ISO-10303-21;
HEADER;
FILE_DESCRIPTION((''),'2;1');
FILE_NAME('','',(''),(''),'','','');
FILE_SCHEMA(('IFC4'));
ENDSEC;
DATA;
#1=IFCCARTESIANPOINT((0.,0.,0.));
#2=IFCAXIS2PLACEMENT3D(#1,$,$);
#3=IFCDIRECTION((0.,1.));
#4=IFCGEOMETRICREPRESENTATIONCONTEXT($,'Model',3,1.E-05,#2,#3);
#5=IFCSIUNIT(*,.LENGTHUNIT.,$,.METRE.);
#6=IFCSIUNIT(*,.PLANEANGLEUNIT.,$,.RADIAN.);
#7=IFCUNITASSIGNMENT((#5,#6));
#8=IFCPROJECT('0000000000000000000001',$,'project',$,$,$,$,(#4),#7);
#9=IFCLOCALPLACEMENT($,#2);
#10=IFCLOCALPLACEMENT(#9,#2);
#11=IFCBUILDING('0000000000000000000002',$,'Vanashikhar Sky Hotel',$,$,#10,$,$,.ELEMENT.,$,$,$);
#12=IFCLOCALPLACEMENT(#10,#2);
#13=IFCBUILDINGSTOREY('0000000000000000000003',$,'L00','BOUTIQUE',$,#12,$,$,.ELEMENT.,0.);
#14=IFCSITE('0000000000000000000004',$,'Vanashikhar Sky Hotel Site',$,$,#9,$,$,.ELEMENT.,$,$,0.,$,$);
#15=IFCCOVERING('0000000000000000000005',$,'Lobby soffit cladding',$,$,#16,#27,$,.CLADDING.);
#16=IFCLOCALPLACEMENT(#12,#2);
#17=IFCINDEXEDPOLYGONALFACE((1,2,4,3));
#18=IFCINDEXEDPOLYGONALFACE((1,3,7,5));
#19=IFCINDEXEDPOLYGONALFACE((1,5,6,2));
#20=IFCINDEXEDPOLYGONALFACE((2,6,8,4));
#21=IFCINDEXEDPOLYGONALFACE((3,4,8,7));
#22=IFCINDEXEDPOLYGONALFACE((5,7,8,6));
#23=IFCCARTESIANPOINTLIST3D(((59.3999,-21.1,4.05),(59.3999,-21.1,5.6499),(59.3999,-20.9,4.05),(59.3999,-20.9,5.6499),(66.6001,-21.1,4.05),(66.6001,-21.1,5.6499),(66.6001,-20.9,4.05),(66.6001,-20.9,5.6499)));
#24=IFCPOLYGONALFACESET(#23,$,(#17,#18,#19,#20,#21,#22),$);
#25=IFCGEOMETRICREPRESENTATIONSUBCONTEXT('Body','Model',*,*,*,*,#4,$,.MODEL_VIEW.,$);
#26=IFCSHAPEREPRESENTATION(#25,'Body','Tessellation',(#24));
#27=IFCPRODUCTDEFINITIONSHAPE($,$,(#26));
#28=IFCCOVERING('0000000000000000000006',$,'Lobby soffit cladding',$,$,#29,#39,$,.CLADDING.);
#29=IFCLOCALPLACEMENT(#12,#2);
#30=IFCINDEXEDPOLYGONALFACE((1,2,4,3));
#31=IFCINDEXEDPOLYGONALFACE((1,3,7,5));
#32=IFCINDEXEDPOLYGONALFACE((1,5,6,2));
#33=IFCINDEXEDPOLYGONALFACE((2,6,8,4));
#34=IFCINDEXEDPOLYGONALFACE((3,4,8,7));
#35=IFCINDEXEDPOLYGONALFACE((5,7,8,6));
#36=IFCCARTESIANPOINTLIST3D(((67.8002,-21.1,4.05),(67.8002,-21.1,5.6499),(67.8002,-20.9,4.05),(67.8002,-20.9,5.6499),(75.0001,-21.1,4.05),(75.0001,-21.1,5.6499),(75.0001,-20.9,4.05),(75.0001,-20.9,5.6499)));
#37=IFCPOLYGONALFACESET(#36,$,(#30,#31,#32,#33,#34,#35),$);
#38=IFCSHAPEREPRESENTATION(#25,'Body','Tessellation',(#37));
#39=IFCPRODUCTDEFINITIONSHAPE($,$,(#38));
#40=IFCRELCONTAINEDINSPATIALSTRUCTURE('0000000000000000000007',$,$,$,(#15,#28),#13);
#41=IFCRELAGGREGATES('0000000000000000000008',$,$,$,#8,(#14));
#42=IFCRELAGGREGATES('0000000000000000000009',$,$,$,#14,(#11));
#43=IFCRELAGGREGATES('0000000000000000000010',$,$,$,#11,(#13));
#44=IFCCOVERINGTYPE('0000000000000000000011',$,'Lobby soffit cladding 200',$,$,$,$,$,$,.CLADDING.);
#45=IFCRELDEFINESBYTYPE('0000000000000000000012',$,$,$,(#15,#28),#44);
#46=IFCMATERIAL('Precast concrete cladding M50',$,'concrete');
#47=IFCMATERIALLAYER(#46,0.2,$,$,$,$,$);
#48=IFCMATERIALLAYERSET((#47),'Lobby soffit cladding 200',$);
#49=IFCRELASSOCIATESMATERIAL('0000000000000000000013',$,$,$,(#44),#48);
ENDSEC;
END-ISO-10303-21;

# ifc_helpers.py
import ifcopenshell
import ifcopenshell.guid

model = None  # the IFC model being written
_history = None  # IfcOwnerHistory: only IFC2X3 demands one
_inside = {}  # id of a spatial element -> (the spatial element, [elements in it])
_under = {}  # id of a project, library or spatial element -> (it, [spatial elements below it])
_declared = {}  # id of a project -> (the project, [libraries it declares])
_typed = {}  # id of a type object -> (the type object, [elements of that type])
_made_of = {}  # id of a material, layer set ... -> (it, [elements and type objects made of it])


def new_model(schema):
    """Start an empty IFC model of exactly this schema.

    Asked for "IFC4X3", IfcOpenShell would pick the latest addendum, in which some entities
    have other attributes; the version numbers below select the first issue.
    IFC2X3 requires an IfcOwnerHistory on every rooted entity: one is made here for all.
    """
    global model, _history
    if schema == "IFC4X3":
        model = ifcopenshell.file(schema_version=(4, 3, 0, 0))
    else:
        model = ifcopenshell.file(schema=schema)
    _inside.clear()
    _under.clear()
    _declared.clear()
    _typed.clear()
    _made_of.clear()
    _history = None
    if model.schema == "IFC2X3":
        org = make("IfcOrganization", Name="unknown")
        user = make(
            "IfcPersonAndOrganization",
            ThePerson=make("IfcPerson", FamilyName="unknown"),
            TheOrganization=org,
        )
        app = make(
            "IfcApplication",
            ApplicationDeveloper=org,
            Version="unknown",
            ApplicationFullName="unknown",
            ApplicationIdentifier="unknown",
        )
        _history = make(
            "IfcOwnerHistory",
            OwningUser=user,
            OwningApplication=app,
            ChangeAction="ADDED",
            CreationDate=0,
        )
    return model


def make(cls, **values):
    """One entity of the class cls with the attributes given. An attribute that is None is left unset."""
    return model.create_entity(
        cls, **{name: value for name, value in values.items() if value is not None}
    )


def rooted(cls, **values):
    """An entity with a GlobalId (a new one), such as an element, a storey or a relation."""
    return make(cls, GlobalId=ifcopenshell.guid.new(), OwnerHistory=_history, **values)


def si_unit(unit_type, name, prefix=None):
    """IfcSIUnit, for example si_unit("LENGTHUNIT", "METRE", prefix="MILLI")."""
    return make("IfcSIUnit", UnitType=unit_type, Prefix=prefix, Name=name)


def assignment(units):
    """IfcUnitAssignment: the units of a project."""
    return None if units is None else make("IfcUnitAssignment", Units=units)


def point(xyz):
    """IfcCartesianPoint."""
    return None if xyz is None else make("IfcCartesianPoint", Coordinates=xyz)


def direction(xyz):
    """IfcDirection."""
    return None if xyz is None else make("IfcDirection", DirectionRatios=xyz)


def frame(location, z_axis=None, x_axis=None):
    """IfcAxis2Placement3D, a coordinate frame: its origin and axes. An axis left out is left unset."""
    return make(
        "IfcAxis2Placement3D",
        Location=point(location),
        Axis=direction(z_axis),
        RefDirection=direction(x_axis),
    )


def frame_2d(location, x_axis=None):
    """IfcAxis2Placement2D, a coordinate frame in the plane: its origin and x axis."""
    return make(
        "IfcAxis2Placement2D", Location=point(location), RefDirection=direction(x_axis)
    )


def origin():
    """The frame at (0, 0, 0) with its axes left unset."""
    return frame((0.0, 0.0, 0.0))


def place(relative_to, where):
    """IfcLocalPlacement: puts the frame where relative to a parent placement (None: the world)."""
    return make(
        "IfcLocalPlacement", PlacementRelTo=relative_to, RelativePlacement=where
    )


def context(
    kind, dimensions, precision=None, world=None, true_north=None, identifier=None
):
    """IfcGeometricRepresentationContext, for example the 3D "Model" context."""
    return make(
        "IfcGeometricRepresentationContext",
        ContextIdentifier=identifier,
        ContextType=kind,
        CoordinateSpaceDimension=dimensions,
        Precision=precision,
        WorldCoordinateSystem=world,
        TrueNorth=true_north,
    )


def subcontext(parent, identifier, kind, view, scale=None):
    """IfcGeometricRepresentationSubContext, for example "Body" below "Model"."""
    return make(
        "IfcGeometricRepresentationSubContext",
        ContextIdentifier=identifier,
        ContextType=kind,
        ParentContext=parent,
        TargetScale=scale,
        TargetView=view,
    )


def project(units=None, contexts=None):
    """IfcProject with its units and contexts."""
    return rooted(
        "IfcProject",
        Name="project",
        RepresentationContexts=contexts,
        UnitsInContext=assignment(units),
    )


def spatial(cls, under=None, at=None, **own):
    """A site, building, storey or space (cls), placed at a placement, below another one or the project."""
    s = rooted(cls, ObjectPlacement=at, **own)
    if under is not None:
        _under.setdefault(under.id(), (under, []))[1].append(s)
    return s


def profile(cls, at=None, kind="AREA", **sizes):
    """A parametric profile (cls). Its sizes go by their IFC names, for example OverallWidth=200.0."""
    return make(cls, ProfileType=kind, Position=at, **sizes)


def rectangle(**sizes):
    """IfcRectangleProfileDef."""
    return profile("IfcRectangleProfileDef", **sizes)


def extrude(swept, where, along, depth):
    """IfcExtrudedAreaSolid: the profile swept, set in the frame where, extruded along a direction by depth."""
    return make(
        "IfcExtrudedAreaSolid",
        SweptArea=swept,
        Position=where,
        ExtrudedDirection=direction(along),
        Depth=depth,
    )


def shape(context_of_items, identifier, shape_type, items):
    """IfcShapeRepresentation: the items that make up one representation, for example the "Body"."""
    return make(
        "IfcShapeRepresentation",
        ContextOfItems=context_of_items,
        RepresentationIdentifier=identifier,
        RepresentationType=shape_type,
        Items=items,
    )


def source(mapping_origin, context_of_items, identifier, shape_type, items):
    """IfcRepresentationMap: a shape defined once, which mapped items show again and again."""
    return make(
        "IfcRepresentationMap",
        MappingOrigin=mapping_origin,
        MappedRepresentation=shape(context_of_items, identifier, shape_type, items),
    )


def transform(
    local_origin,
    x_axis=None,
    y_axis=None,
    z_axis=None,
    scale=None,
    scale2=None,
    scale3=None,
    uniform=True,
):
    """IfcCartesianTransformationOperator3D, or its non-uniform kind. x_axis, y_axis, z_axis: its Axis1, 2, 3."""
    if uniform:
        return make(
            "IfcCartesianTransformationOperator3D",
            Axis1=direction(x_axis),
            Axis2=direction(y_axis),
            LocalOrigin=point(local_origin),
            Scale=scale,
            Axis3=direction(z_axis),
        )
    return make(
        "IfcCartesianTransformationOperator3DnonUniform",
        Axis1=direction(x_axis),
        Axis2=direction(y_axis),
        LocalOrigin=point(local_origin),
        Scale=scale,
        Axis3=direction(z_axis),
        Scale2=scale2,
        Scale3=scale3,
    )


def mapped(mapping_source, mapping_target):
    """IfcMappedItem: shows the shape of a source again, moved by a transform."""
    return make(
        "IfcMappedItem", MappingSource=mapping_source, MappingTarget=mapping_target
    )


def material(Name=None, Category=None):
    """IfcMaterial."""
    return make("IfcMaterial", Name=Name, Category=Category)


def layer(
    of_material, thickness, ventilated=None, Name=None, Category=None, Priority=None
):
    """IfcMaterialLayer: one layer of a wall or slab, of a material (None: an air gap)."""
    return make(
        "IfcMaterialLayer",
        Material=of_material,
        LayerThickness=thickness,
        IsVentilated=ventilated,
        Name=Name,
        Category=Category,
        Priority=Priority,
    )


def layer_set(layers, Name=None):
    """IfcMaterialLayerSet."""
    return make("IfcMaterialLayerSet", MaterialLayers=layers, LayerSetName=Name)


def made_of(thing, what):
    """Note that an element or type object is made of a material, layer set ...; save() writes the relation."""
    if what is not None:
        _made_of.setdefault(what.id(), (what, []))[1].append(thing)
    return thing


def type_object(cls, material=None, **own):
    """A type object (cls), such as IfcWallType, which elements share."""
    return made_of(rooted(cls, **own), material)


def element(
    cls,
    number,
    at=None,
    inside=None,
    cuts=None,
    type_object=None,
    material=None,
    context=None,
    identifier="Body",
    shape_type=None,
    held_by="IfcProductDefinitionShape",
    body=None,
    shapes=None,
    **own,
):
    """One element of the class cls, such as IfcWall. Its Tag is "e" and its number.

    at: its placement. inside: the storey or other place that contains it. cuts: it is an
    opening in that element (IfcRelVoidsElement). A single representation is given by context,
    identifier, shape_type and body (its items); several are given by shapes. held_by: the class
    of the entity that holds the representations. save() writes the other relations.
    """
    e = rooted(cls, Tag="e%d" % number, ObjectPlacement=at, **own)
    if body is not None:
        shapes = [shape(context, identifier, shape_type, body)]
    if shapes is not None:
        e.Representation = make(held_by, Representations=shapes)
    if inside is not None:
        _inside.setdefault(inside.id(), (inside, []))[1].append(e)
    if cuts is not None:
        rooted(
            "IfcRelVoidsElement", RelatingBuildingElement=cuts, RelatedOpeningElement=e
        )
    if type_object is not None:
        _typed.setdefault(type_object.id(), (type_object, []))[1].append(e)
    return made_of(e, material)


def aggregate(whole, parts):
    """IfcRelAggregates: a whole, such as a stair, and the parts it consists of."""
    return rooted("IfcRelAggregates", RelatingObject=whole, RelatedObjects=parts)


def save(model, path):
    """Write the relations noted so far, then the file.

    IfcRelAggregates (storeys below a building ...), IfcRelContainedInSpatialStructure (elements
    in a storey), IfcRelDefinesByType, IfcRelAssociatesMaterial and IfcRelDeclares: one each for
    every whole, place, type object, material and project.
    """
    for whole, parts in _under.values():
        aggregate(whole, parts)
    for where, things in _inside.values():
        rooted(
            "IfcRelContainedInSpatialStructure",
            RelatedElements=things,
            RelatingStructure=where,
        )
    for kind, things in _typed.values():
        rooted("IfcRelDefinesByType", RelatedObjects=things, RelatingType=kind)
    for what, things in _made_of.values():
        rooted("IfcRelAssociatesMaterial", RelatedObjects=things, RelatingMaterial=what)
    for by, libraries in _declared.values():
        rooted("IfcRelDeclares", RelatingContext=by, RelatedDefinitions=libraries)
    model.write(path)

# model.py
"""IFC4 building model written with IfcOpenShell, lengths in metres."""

from ifc_helpers import new_model, si_unit, direction, frame, frame_2d, origin, place, context, subcontext, project, spatial, rectangle, extrude, source, transform, mapped, material, layer, layer_set, type_object, element, save


model = new_model("IFC4")

# Units and contexts
model_context = context("Model", 3, precision=1e-05, world=origin(), true_north=direction((0.0, 1.0)))
body_context = subcontext(model_context, "Body", "Model", "MODEL_VIEW")
ifc_project = project(units=[si_unit("LENGTHUNIT", "METRE"), si_unit("PLANEANGLEUNIT", "RADIAN")], contexts=[model_context])

# Site, building, storey
site_placement = place(None, origin())
site = spatial("IfcSite", under=ifc_project, at=site_placement, Name="Vanashikhar Sky Hotel Site", CompositionType="ELEMENT", RefElevation=0.0)
building_placement = place(site_placement, origin())
building = spatial("IfcBuilding", under=site, at=building_placement, Name="Vanashikhar Sky Hotel", CompositionType="ELEMENT")
storey_placement = place(building_placement, origin())
storey = spatial("IfcBuildingStorey", under=building, at=storey_placement, Name="L00", Description="BOUTIQUE", CompositionType="ELEMENT", Elevation=0.0)

# Coverings
ifc_material_1 = material(Name="Precast concrete cladding M50", Category="concrete")
ifc_layer_1 = layer(ifc_material_1, 0.2)
ifc_layer_set_1 = layer_set([ifc_layer_1], Name="Lobby soffit cladding 200")
covering_type = type_object("IfcCoveringType", Name="Lobby soffit cladding 200", PredefinedType="CLADDING", material=ifc_layer_set_1)
shared_shape_1 = source(origin(), body_context, "Body", "SweptSolid", [
    extrude(rectangle(XDim=7.2002, YDim=0.2, at=frame_2d((3.6001, 0.0))), origin(), (0.0, 0.0, 1.0), 1.5999),
])
covering_1_placement = place(storey_placement, frame((59.3999, -21.0, 4.05), z_axis=(0.0, 0.0, 1.0), x_axis=(1.0, 0.0, 0.0)))
element("IfcCovering", 1, at=covering_1_placement, inside=storey, type_object=covering_type, Name="Lobby soffit cladding", PredefinedType="CLADDING", context=body_context, shape_type="MappedRepresentation", body=[
    mapped(shared_shape_1, transform((0.0, 0.0, 0.0), scale=1.0)),
])
shared_shape_2 = source(origin(), body_context, "Body", "SweptSolid", [
    extrude(rectangle(XDim=7.2, YDim=0.2, at=frame_2d((3.6001, 0.0))), origin(), (0.0, 0.0, 1.0), 1.5999),
])
covering_2_placement = place(storey_placement, frame((67.8, -21.0, 4.05), z_axis=(0.0, 0.0, 1.0), x_axis=(1.0, 0.0, 0.0)))
element("IfcCovering", 2, at=covering_2_placement, inside=storey, type_object=covering_type, Name="Lobby soffit cladding", PredefinedType="CLADDING", context=body_context, shape_type="MappedRepresentation", body=[
    mapped(shared_shape_2, transform((0.0, 0.0, 0.0), scale=1.0)),
])

save(model, "model.ifc")
